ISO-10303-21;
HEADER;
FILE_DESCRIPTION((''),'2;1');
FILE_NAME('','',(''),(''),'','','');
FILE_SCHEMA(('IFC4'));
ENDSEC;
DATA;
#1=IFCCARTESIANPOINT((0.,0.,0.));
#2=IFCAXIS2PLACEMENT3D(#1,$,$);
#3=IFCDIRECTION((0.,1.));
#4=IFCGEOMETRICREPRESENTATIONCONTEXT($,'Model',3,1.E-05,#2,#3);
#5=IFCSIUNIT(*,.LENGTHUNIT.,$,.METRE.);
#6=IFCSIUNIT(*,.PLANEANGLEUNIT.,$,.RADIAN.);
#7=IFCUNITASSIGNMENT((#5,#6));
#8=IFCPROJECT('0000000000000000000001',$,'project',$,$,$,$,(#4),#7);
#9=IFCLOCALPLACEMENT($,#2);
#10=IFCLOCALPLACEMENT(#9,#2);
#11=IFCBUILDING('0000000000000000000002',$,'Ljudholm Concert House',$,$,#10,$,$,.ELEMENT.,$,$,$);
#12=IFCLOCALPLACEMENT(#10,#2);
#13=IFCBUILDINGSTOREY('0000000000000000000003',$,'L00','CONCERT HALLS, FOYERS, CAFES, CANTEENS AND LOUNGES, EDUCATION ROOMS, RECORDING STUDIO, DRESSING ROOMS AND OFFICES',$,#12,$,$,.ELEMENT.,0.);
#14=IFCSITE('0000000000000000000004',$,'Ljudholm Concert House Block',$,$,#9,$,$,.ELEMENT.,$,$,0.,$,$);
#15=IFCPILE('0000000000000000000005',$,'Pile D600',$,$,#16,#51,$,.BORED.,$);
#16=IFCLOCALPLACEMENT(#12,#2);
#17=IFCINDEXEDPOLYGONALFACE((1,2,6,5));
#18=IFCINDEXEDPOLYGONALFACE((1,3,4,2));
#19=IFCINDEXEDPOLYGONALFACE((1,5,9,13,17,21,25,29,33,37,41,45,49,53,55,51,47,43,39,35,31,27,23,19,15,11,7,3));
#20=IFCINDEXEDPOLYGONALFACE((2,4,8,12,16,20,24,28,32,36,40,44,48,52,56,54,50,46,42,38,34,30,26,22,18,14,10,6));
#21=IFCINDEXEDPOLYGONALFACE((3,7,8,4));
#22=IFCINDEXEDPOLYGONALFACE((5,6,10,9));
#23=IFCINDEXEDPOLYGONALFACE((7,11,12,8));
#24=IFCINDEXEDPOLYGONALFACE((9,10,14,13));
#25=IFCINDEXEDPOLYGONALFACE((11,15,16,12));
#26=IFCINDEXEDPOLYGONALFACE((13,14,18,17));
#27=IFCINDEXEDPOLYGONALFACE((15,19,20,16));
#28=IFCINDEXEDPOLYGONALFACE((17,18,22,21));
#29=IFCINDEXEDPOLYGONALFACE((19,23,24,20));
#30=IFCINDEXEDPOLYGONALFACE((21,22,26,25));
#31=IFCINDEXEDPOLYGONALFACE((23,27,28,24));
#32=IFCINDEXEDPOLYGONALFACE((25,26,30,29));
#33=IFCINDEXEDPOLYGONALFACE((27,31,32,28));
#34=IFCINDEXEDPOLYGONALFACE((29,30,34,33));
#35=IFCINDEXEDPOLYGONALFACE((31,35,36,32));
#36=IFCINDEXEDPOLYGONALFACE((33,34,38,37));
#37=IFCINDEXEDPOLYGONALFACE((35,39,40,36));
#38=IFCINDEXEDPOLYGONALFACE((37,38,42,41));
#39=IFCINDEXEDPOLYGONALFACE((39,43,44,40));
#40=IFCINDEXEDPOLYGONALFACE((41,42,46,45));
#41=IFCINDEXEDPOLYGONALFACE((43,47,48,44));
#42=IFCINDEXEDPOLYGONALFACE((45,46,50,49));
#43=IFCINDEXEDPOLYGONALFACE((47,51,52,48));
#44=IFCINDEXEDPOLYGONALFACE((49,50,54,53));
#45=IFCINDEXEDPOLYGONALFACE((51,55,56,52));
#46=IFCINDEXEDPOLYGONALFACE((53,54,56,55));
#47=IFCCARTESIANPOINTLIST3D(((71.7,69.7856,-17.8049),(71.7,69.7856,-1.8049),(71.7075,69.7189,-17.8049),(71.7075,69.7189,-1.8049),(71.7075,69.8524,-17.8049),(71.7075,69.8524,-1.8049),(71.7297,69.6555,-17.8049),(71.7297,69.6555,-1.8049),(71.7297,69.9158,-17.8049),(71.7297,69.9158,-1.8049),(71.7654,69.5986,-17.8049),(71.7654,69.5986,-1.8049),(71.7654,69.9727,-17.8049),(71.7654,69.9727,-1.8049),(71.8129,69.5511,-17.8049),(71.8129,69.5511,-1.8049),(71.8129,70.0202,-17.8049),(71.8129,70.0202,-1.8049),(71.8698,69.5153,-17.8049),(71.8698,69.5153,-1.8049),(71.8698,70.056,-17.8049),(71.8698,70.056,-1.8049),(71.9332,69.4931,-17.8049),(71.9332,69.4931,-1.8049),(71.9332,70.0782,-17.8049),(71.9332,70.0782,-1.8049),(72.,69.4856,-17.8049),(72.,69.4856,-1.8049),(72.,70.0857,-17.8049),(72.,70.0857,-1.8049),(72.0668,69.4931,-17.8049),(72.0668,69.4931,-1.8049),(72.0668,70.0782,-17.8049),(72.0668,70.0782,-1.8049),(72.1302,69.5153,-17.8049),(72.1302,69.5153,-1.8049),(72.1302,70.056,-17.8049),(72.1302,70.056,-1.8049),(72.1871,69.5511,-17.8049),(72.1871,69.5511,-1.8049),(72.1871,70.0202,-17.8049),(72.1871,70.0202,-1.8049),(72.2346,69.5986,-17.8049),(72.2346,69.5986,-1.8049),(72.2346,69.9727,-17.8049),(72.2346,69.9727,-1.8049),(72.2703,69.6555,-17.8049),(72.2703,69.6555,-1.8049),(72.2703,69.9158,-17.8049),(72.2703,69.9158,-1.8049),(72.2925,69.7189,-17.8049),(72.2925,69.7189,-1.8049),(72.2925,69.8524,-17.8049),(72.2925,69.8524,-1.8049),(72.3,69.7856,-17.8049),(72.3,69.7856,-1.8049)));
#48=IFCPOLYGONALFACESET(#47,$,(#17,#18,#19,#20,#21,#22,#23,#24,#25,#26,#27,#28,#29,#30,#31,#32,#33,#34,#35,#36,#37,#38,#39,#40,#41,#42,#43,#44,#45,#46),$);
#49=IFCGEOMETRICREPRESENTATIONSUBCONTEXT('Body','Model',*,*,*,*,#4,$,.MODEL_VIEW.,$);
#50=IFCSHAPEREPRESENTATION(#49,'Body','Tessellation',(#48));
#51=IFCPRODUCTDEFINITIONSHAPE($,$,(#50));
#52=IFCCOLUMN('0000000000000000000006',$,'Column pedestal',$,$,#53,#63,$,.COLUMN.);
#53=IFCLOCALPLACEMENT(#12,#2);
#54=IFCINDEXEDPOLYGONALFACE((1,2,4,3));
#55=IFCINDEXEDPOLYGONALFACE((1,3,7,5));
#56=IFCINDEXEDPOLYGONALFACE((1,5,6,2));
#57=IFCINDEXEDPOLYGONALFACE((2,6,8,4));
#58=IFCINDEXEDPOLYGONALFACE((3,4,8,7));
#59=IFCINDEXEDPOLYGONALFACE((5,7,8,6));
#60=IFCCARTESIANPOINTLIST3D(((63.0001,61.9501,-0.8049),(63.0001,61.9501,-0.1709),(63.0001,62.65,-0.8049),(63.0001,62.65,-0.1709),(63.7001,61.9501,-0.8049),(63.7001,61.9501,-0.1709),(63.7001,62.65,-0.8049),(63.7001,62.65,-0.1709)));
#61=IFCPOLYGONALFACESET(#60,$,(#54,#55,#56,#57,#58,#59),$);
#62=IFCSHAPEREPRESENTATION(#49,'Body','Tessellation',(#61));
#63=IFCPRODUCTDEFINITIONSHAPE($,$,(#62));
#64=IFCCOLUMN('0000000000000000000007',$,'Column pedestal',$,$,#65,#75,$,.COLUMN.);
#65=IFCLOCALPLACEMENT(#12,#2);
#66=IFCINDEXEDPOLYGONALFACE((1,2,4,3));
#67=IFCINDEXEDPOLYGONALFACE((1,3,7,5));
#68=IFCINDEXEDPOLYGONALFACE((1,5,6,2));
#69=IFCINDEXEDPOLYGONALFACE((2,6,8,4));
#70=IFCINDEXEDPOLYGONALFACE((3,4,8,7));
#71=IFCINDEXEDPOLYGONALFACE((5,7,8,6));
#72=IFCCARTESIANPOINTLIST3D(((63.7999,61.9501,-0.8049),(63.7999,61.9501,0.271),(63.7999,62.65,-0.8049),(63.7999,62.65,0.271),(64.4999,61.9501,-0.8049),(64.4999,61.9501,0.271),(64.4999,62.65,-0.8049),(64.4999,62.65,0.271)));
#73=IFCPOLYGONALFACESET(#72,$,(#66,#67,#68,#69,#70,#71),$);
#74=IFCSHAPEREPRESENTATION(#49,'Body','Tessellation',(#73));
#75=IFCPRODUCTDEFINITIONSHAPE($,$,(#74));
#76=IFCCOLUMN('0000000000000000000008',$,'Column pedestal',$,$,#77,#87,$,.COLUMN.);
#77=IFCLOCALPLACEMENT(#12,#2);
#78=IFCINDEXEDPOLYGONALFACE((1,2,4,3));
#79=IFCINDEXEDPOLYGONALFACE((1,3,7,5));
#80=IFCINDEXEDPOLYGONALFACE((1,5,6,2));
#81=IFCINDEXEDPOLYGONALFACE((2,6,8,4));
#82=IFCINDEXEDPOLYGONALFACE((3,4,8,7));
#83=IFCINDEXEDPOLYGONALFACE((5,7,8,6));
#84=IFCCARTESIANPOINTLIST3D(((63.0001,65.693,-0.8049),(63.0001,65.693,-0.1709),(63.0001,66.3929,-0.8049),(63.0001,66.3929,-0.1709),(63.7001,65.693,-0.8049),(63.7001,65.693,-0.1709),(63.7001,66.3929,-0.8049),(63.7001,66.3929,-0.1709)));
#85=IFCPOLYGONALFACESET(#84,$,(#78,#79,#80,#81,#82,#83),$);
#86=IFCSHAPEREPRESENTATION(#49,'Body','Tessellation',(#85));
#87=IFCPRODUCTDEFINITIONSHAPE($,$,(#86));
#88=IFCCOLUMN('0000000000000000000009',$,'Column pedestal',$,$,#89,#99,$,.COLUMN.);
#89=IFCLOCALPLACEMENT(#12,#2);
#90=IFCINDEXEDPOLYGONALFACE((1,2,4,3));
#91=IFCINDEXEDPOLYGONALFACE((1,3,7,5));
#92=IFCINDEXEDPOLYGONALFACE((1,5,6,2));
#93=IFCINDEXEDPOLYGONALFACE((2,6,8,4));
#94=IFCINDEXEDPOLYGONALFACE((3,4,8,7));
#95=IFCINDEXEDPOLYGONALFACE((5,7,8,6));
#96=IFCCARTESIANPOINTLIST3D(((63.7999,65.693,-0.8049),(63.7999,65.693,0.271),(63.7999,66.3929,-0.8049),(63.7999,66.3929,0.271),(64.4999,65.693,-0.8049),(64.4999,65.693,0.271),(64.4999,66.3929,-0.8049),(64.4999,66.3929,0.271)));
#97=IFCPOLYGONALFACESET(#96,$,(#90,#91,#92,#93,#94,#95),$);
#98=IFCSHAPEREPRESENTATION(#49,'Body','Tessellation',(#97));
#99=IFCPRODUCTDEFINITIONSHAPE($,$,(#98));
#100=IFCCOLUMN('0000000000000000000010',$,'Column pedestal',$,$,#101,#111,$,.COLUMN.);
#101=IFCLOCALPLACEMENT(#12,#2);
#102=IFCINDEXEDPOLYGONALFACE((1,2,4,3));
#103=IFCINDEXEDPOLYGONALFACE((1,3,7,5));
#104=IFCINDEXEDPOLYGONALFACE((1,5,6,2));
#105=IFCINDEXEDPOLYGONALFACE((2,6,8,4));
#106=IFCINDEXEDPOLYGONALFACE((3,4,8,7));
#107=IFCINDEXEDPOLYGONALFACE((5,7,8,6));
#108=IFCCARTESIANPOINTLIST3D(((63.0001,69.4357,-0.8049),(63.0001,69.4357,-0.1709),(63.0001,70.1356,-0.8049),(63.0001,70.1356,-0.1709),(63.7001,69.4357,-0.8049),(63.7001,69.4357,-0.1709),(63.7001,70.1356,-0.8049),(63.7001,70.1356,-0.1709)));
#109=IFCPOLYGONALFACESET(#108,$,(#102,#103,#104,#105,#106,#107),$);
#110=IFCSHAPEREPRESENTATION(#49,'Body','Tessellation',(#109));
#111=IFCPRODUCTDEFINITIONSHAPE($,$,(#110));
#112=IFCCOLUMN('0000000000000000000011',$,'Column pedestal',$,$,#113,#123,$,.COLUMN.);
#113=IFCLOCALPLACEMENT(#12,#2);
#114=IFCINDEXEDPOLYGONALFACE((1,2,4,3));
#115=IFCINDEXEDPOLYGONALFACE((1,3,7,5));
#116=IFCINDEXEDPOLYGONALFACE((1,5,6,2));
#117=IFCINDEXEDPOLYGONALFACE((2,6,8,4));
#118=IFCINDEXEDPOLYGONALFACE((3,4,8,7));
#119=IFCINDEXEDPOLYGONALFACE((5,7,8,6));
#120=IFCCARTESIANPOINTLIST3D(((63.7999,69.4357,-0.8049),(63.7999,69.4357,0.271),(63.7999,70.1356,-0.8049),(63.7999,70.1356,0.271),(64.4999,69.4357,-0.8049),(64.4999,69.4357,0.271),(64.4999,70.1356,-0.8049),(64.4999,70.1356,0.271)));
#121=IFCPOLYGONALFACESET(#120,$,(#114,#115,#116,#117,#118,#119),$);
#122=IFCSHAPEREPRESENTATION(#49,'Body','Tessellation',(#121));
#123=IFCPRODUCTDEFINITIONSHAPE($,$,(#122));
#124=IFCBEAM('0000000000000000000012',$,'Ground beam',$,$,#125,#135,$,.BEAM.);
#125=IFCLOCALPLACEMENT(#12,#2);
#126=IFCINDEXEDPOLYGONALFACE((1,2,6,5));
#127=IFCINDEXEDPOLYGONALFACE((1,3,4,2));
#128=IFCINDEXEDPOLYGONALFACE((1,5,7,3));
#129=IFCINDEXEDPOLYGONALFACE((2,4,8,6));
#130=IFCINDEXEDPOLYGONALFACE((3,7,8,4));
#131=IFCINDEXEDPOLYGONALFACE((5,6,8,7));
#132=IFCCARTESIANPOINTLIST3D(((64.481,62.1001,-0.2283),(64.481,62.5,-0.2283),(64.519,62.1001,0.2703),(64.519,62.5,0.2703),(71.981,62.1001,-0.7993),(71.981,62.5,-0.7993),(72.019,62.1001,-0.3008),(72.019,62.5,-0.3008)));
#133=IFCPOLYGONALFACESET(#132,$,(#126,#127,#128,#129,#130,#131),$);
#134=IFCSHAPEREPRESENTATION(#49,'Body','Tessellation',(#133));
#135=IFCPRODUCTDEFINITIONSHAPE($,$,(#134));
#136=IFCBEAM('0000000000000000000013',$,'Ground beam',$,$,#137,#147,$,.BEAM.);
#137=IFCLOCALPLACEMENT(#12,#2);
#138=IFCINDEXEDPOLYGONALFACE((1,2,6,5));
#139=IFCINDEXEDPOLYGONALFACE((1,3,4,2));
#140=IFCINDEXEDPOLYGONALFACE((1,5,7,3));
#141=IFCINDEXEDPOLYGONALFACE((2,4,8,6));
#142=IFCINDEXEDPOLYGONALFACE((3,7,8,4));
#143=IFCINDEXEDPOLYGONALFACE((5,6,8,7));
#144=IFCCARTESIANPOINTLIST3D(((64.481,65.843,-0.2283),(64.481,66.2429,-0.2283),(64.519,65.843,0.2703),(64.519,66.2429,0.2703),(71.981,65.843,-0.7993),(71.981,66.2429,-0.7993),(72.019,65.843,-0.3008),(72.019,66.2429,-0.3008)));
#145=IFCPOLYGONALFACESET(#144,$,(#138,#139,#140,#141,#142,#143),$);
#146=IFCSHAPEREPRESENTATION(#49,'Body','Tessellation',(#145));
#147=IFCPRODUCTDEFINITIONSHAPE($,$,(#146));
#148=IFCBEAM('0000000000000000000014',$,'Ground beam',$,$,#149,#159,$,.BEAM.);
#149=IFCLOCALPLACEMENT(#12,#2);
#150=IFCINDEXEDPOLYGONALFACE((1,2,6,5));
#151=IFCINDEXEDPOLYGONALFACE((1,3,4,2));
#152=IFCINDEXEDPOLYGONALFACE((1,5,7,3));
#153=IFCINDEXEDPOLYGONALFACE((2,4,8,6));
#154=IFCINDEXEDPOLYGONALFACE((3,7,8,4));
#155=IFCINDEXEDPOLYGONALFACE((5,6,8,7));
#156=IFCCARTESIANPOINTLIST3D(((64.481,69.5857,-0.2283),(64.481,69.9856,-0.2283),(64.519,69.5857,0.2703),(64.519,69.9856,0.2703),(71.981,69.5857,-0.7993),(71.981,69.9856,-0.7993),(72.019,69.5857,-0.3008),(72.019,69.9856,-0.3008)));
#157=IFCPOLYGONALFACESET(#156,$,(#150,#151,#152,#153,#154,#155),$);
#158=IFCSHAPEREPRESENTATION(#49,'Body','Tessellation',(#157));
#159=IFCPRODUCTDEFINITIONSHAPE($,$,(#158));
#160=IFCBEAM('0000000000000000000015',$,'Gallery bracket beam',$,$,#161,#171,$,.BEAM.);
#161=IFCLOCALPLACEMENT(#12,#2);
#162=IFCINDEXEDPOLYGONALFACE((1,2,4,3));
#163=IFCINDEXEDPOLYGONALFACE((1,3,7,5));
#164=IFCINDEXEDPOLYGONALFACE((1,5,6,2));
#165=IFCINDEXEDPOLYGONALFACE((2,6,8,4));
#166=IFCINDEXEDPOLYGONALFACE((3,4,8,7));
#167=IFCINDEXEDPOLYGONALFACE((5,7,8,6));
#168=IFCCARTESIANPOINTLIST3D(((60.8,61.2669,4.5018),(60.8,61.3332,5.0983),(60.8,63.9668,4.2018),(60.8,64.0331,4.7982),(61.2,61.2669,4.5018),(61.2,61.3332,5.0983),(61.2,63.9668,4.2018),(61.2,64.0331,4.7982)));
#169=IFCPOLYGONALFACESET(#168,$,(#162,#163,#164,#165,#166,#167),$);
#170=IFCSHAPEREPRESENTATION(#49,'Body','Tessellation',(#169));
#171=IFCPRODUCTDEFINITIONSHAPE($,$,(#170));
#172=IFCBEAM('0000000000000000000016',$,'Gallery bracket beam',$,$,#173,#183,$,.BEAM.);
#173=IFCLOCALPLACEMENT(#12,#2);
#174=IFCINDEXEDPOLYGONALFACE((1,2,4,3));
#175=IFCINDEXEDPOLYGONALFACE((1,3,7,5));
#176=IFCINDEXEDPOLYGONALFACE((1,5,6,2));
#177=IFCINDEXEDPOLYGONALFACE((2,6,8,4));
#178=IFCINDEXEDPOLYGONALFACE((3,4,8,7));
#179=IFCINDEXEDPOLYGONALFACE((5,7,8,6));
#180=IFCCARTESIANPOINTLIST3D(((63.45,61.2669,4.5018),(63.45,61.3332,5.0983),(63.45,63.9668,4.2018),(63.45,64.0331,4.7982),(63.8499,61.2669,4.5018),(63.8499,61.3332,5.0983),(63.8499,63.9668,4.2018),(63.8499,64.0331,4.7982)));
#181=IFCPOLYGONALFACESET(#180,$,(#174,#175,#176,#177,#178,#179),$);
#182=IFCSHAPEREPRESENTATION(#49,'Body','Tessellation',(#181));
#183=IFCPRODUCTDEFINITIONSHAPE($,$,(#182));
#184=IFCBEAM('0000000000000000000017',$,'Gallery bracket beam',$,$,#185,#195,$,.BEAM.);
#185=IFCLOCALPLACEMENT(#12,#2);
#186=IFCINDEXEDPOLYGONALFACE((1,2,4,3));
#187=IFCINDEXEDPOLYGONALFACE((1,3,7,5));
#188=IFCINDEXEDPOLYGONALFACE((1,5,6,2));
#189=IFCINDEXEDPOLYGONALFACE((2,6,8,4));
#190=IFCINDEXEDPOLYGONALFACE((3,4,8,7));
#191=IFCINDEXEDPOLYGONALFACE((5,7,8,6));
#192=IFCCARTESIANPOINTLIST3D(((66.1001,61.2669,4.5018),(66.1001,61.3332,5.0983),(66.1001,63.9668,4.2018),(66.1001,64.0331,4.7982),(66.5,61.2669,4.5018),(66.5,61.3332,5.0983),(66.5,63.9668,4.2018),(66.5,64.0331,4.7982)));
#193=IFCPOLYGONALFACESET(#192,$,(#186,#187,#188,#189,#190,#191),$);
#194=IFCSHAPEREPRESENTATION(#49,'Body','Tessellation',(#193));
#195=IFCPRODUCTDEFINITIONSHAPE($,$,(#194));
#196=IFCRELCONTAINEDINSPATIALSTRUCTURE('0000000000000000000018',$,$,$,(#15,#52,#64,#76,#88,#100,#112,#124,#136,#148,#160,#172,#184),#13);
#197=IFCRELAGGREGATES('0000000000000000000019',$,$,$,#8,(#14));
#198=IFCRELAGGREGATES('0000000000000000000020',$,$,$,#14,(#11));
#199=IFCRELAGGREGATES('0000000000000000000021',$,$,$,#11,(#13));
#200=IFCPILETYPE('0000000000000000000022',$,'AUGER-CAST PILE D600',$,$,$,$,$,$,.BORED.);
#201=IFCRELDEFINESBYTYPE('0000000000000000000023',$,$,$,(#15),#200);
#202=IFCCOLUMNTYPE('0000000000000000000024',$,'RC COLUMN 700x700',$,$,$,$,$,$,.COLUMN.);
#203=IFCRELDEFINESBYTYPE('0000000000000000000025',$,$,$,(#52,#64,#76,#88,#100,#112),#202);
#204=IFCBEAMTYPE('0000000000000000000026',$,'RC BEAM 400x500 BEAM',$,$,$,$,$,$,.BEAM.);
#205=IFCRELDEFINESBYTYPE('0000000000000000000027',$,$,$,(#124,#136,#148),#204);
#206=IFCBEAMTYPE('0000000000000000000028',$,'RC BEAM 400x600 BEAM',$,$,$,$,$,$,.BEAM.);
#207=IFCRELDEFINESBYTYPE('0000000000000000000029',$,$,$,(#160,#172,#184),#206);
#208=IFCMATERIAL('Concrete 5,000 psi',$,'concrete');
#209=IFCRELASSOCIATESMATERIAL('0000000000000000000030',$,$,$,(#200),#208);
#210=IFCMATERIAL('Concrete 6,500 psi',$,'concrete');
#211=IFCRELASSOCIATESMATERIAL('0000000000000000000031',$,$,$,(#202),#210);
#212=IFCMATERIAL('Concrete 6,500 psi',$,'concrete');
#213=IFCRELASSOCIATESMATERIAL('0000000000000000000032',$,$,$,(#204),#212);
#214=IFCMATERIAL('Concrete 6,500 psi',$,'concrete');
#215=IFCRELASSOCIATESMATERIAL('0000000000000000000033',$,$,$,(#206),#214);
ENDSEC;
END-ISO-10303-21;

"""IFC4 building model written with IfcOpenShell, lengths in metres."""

from ifc_helpers import new_model, si_unit, direction, frame, origin, origin_2d, place, context, subcontext, project, spatial, rectangle, circle, extrude, material, material_profile, profile_set, type_object, element, save


model = new_model("IFC4")

# Units and contexts
model_context = context("Model", 3, precision=1e-05, world=origin(), true_north=direction((0.0, 1.0)))
body_context = subcontext(model_context, "Body", "Model", "MODEL_VIEW")
ifc_project = project(units=[si_unit("LENGTHUNIT", "METRE"), si_unit("PLANEANGLEUNIT", "RADIAN")], contexts=[model_context])

# Site, building, storey
site_placement = place(None, origin())
site = spatial("IfcSite", under=ifc_project, at=site_placement, Name="Ljudholm Concert House Block", CompositionType="ELEMENT", RefElevation=0.0)
building_placement = place(site_placement, origin())
building = spatial("IfcBuilding", under=site, at=building_placement, Name="Ljudholm Concert House", CompositionType="ELEMENT")
storey_placement = place(building_placement, origin())
storey = spatial("IfcBuildingStorey", under=building, at=storey_placement, Name="L00", Description="CONCERT HALLS, FOYERS, CAFES, CANTEENS AND LOUNGES, EDUCATION ROOMS, RECORDING STUDIO, DRESSING ROOMS AND OFFICES", CompositionType="ELEMENT", Elevation=0.0)

# Pile
ifc_material_1 = material(Name="Concrete 5,000 psi", Category="concrete")
ifc_material_profile_1 = material_profile(ifc_material_1, circle(Radius=0.3, at=origin_2d()), Name="AUGER-CAST PILE D600")
ifc_profile_set_1 = profile_set([ifc_material_profile_1], Name="Concrete 5,000 psi")
pile_type = type_object("IfcPileType", Name="AUGER-CAST PILE D600", PredefinedType="BORED", material=ifc_profile_set_1)
for number, where, z_axis, x_axis, name in (
    (1, (72.0, 69.7856, -1.8049), (0.0, 0.0, -1.0), (1.0, 0.0, 0.0), "Pile D600"),
):
    element("IfcPile", number, at=place(storey_placement, frame(where, z_axis=z_axis, x_axis=x_axis)), inside=storey, type_object=pile_type, Name=name, PredefinedType="BORED", context=body_context, shape_type="SweptSolid", body=[
        extrude(circle(Radius=0.3, at=origin_2d()), origin(), (0.0, 0.0, 1.0), 16.0),
    ])

# Columns
ifc_material_2 = material(Name="Concrete 6,500 psi", Category="concrete")
ifc_material_profile_2 = material_profile(ifc_material_2, rectangle(XDim=0.7, YDim=0.7, at=origin_2d()), Name="RC COLUMN 700x700")
ifc_profile_set_2 = profile_set([ifc_material_profile_2], Name="Concrete 6,500 psi")
column_type = type_object("IfcColumnType", Name="RC COLUMN 700x700", PredefinedType="COLUMN", material=ifc_profile_set_2)
column_1_placement = place(storey_placement, frame((63.3501, 62.3, -0.8049), z_axis=(0.0, 0.0, 1.0), x_axis=(1.0, 0.0, 0.0)))
element("IfcColumn", 2, at=column_1_placement, inside=storey, type_object=column_type, Name="Column pedestal", PredefinedType="COLUMN", context=body_context, shape_type="SweptSolid", body=[
    extrude(rectangle(XDim=0.7, YDim=0.7, at=origin_2d()), origin(), (0.0, 0.0, 1.0), 0.634),
])
column_2_placement = place(storey_placement, frame((64.1499, 62.3, -0.8049), z_axis=(0.0, 0.0, 1.0), x_axis=(1.0, 0.0, 0.0)))
element("IfcColumn", 3, at=column_2_placement, inside=storey, type_object=column_type, Name="Column pedestal", PredefinedType="COLUMN", context=body_context, shape_type="SweptSolid", body=[
    extrude(rectangle(XDim=0.7, YDim=0.7, at=origin_2d()), origin(), (0.0, 0.0, 1.0), 1.0759),
])
column_3_placement = place(storey_placement, frame((63.3501, 66.043, -0.8049), z_axis=(0.0, 0.0, 1.0), x_axis=(1.0, 0.0, 0.0)))
element("IfcColumn", 4, at=column_3_placement, inside=storey, type_object=column_type, Name="Column pedestal", PredefinedType="COLUMN", context=body_context, shape_type="SweptSolid", body=[
    extrude(rectangle(XDim=0.7, YDim=0.7, at=origin_2d()), origin(), (0.0, 0.0, 1.0), 0.634),
])
column_4_placement = place(storey_placement, frame((64.1499, 66.043, -0.8049), z_axis=(0.0, 0.0, 1.0), x_axis=(1.0, 0.0, 0.0)))
element("IfcColumn", 5, at=column_4_placement, inside=storey, type_object=column_type, Name="Column pedestal", PredefinedType="COLUMN", context=body_context, shape_type="SweptSolid", body=[
    extrude(rectangle(XDim=0.7, YDim=0.7, at=origin_2d()), origin(), (0.0, 0.0, 1.0), 1.0759),
])
column_5_placement = place(storey_placement, frame((63.3501, 69.7856, -0.8049), z_axis=(0.0, 0.0, 1.0), x_axis=(1.0, 0.0, 0.0)))
element("IfcColumn", 6, at=column_5_placement, inside=storey, type_object=column_type, Name="Column pedestal", PredefinedType="COLUMN", context=body_context, shape_type="SweptSolid", body=[
    extrude(rectangle(XDim=0.7, YDim=0.7, at=origin_2d()), origin(), (0.0, 0.0, 1.0), 0.634),
])
column_6_placement = place(storey_placement, frame((64.1499, 69.7856, -0.8049), z_axis=(0.0, 0.0, 1.0), x_axis=(1.0, 0.0, 0.0)))
element("IfcColumn", 7, at=column_6_placement, inside=storey, type_object=column_type, Name="Column pedestal", PredefinedType="COLUMN", context=body_context, shape_type="SweptSolid", body=[
    extrude(rectangle(XDim=0.7, YDim=0.7, at=origin_2d()), origin(), (0.0, 0.0, 1.0), 1.0759),
])

# Beams
ifc_material_3 = material(Name="Concrete 6,500 psi", Category="concrete")
ifc_material_profile_3 = material_profile(ifc_material_3, rectangle(XDim=0.3999, YDim=0.5, at=origin_2d()), Name="RC BEAM 400x500 BEAM")
ifc_profile_set_3 = profile_set([ifc_material_profile_3], Name="Concrete 6,500 psi")
beam_type_1 = type_object("IfcBeamType", Name="RC BEAM 400x500 BEAM", PredefinedType="BEAM", material=ifc_profile_set_3)
for number, where, z_axis, x_axis, name in (
    (8, (64.5, 62.3, 0.021), (0.997114, 0.0, -0.07592), (0.0, 1.0, 0.0), "Ground beam"),
    (9, (64.5, 66.043, 0.021), (0.997114, 0.0, -0.07592), (0.0, 1.0, 0.0), "Ground beam"),
    (10, (64.5, 69.7856, 0.021), (0.997114, 0.0, -0.07592), (0.0, 1.0, 0.0), "Ground beam"),
):
    element("IfcBeam", number, at=place(storey_placement, frame(where, z_axis=z_axis, x_axis=x_axis)), inside=storey, type_object=beam_type_1, Name=name, PredefinedType="BEAM", context=body_context, shape_type="SweptSolid", body=[
        extrude(rectangle(XDim=0.3999, YDim=0.5, at=origin_2d()), origin(), (0.0, 0.0, 1.0), 7.5217),
    ])
ifc_material_4 = material(Name="Concrete 6,500 psi", Category="concrete")
ifc_material_profile_4 = material_profile(ifc_material_4, rectangle(XDim=0.3999, YDim=0.6001, at=origin_2d()), Name="RC BEAM 400x600 BEAM")
ifc_profile_set_4 = profile_set([ifc_material_profile_4], Name="Concrete 6,500 psi")
beam_type_2 = type_object("IfcBeamType", Name="RC BEAM 400x600 BEAM", PredefinedType="BEAM", material=ifc_profile_set_4)
for number, where, z_axis, x_axis, name in (
    (11, (61.0, 61.3, 4.8), (0.0, 0.993882, -0.110451), (-1.0, 0.0, 0.0), "Gallery bracket beam"),
    (12, (63.6499, 61.3, 4.8), (0.0, 0.993882, -0.110451), (-1.0, 0.0, 0.0), "Gallery bracket beam"),
    (13, (66.3, 61.3, 4.8), (0.0, 0.993882, -0.110451), (-1.0, 0.0, 0.0), "Gallery bracket beam"),
):
    element("IfcBeam", number, at=place(storey_placement, frame(where, z_axis=z_axis, x_axis=x_axis)), inside=storey, type_object=beam_type_2, Name=name, PredefinedType="BEAM", context=body_context, shape_type="SweptSolid", body=[
        extrude(rectangle(XDim=0.3999, YDim=0.6001, at=origin_2d()), origin(), (0.0, 0.0, 1.0), 2.7166),
    ])

save(model, "model.ifc")
